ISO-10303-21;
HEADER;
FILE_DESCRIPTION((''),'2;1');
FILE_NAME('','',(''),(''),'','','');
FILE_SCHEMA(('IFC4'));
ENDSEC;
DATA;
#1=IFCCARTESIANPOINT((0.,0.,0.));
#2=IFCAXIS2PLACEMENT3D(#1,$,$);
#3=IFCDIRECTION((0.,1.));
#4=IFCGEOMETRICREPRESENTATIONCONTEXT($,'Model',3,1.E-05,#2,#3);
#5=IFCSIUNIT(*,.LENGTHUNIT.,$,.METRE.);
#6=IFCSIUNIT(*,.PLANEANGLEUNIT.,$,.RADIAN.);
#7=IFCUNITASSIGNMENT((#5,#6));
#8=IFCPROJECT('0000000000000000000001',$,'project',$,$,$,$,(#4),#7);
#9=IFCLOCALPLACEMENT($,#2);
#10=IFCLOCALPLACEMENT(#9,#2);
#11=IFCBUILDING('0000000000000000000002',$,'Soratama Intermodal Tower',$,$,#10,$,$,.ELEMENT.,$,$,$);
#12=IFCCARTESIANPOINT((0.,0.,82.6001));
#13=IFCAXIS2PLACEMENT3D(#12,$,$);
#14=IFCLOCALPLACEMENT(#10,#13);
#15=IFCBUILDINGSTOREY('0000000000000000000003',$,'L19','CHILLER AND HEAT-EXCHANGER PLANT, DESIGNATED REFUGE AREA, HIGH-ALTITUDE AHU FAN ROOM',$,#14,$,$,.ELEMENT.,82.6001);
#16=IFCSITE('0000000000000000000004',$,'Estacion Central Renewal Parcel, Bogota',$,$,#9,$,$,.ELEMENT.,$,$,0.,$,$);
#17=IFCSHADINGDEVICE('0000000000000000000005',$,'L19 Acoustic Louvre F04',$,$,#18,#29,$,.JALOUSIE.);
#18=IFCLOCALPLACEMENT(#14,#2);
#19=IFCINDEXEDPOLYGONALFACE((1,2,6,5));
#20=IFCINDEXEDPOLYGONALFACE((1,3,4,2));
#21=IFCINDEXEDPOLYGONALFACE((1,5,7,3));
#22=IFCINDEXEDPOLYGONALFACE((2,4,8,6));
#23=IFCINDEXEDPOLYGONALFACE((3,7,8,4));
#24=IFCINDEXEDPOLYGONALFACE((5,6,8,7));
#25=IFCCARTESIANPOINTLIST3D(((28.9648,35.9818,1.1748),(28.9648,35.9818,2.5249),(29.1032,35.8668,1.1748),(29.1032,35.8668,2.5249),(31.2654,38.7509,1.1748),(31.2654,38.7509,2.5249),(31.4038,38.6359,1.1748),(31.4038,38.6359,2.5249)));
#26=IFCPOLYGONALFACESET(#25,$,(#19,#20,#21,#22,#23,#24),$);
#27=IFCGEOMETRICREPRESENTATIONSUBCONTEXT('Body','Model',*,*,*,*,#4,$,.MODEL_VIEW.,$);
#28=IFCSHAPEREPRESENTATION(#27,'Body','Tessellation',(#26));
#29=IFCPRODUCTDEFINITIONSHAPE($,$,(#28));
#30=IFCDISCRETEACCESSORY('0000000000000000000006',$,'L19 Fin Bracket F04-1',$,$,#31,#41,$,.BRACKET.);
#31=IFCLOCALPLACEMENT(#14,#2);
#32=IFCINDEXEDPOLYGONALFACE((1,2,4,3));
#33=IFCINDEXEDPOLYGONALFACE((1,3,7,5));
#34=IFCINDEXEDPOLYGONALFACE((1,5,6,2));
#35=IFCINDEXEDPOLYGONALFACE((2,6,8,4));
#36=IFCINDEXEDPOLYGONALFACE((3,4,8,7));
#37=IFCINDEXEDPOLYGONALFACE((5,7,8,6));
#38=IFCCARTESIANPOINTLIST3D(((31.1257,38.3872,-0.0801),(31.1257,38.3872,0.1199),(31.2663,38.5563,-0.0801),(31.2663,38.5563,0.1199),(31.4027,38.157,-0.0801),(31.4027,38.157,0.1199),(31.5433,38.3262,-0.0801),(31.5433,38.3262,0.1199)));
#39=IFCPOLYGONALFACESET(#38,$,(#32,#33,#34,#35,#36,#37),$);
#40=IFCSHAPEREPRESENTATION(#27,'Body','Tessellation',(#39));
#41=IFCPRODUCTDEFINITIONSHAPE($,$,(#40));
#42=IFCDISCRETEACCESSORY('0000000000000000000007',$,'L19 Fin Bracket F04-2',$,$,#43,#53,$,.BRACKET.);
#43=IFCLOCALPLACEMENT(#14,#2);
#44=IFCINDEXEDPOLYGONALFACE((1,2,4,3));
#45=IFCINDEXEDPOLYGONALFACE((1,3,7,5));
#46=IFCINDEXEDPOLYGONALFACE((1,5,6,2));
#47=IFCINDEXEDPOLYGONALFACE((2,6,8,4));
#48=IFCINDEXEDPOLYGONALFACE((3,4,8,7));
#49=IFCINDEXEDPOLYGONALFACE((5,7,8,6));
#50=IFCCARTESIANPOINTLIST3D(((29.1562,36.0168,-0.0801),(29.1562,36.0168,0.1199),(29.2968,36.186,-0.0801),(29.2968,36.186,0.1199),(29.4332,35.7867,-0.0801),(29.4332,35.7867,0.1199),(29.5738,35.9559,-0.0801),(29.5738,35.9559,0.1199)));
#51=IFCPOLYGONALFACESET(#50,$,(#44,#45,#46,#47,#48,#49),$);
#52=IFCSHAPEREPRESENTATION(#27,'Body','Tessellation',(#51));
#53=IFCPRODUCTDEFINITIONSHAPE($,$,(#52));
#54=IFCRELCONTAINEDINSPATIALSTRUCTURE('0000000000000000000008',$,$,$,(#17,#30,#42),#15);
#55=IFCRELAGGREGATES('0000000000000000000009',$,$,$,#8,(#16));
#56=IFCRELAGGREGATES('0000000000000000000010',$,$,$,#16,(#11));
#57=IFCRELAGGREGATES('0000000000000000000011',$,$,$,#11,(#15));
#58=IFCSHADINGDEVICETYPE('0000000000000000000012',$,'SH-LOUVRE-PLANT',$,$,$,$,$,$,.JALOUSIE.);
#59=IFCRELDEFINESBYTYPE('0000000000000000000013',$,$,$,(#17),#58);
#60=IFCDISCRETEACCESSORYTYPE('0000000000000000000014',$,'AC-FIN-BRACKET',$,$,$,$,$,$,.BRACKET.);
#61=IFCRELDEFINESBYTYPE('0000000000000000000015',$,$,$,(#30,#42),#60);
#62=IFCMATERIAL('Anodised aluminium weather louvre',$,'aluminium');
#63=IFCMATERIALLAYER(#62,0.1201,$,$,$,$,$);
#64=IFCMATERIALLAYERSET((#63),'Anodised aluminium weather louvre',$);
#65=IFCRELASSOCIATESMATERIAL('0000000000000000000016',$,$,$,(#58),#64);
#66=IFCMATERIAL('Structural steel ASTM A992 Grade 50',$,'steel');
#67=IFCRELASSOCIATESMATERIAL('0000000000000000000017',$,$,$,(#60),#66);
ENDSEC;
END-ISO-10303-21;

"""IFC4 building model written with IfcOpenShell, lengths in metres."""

from ifc_helpers import new_model, si_unit, direction, frame, origin, origin_2d, place, context, subcontext, project, spatial, rectangle, extrude, material, layer, layer_set, type_object, element, save


model = new_model("IFC4")

# Units and contexts
model_context = context("Model", 3, precision=1e-05, world=origin(), true_north=direction((0.0, 1.0)))
body_context = subcontext(model_context, "Body", "Model", "MODEL_VIEW")
ifc_project = project(units=[si_unit("LENGTHUNIT", "METRE"), si_unit("PLANEANGLEUNIT", "RADIAN")], contexts=[model_context])

# Site, building, storey
site_placement = place(None, origin())
site = spatial("IfcSite", under=ifc_project, at=site_placement, Name="Estacion Central Renewal Parcel, Bogota", CompositionType="ELEMENT", RefElevation=0.0)
building_placement = place(site_placement, origin())
building = spatial("IfcBuilding", under=site, at=building_placement, Name="Soratama Intermodal Tower", CompositionType="ELEMENT")
storey_placement = place(building_placement, frame((0.0, 0.0, 82.6001)))
storey = spatial("IfcBuildingStorey", under=building, at=storey_placement, Name="L19", Description="CHILLER AND HEAT-EXCHANGER PLANT, DESIGNATED REFUGE AREA, HIGH-ALTITUDE AHU FAN ROOM", CompositionType="ELEMENT", Elevation=82.6001)

# Shading device
ifc_material_1 = material(Name="Anodised aluminium weather louvre", Category="aluminium")
ifc_layer_1 = layer(ifc_material_1, 0.1201)
ifc_layer_set_1 = layer_set([ifc_layer_1], Name="Anodised aluminium weather louvre")
shading_device_type_1 = type_object("IfcShadingDeviceType", Name="SH-LOUVRE-PLANT", PredefinedType="JALOUSIE", material=ifc_layer_set_1)
shading_device_placement = place(storey_placement, frame((30.1843, 37.3088, 1.1748), z_axis=(0.0, 0.0, 1.0), x_axis=(-0.639036, -0.769177, 0.0)))
element("IfcShadingDevice", 1, at=shading_device_placement, inside=storey, type_object=shading_device_type_1, Name="L19 Acoustic Louvre F04", PredefinedType="JALOUSIE", context=body_context, shape_type="SweptSolid", body=[
    extrude(rectangle(XDim=3.6001, YDim=0.1799, at=origin_2d()), origin(), (0.0, 0.0, 1.0), 1.3501),
])

# Discrete accessories
ifc_material_2 = material(Name="Structural steel ASTM A992 Grade 50", Category="steel")
discrete_accessory_type = type_object("IfcDiscreteAccessoryType", Name="AC-FIN-BRACKET", PredefinedType="BRACKET", material=ifc_material_2)
for number, where, z_axis, x_axis, name in (
    (2, (31.3345, 38.3567, -0.0801), (0.0, 0.0, 1.0), (-0.769177, 0.639036, 0.0), "L19 Fin Bracket F04-1"),
    (3, (29.365, 35.9863, -0.0801), (0.0, 0.0, 1.0), (-0.769177, 0.639036, 0.0), "L19 Fin Bracket F04-2"),
):
    element("IfcDiscreteAccessory", number, at=place(storey_placement, frame(where, z_axis=z_axis, x_axis=x_axis)), inside=storey, type_object=discrete_accessory_type, Name=name, PredefinedType="BRACKET", context=body_context, shape_type="SweptSolid", body=[
        extrude(rectangle(XDim=0.3601, YDim=0.22, at=origin_2d()), origin(), (0.0, 0.0, 1.0), 0.2),
    ])

save(model, "model.ifc")
